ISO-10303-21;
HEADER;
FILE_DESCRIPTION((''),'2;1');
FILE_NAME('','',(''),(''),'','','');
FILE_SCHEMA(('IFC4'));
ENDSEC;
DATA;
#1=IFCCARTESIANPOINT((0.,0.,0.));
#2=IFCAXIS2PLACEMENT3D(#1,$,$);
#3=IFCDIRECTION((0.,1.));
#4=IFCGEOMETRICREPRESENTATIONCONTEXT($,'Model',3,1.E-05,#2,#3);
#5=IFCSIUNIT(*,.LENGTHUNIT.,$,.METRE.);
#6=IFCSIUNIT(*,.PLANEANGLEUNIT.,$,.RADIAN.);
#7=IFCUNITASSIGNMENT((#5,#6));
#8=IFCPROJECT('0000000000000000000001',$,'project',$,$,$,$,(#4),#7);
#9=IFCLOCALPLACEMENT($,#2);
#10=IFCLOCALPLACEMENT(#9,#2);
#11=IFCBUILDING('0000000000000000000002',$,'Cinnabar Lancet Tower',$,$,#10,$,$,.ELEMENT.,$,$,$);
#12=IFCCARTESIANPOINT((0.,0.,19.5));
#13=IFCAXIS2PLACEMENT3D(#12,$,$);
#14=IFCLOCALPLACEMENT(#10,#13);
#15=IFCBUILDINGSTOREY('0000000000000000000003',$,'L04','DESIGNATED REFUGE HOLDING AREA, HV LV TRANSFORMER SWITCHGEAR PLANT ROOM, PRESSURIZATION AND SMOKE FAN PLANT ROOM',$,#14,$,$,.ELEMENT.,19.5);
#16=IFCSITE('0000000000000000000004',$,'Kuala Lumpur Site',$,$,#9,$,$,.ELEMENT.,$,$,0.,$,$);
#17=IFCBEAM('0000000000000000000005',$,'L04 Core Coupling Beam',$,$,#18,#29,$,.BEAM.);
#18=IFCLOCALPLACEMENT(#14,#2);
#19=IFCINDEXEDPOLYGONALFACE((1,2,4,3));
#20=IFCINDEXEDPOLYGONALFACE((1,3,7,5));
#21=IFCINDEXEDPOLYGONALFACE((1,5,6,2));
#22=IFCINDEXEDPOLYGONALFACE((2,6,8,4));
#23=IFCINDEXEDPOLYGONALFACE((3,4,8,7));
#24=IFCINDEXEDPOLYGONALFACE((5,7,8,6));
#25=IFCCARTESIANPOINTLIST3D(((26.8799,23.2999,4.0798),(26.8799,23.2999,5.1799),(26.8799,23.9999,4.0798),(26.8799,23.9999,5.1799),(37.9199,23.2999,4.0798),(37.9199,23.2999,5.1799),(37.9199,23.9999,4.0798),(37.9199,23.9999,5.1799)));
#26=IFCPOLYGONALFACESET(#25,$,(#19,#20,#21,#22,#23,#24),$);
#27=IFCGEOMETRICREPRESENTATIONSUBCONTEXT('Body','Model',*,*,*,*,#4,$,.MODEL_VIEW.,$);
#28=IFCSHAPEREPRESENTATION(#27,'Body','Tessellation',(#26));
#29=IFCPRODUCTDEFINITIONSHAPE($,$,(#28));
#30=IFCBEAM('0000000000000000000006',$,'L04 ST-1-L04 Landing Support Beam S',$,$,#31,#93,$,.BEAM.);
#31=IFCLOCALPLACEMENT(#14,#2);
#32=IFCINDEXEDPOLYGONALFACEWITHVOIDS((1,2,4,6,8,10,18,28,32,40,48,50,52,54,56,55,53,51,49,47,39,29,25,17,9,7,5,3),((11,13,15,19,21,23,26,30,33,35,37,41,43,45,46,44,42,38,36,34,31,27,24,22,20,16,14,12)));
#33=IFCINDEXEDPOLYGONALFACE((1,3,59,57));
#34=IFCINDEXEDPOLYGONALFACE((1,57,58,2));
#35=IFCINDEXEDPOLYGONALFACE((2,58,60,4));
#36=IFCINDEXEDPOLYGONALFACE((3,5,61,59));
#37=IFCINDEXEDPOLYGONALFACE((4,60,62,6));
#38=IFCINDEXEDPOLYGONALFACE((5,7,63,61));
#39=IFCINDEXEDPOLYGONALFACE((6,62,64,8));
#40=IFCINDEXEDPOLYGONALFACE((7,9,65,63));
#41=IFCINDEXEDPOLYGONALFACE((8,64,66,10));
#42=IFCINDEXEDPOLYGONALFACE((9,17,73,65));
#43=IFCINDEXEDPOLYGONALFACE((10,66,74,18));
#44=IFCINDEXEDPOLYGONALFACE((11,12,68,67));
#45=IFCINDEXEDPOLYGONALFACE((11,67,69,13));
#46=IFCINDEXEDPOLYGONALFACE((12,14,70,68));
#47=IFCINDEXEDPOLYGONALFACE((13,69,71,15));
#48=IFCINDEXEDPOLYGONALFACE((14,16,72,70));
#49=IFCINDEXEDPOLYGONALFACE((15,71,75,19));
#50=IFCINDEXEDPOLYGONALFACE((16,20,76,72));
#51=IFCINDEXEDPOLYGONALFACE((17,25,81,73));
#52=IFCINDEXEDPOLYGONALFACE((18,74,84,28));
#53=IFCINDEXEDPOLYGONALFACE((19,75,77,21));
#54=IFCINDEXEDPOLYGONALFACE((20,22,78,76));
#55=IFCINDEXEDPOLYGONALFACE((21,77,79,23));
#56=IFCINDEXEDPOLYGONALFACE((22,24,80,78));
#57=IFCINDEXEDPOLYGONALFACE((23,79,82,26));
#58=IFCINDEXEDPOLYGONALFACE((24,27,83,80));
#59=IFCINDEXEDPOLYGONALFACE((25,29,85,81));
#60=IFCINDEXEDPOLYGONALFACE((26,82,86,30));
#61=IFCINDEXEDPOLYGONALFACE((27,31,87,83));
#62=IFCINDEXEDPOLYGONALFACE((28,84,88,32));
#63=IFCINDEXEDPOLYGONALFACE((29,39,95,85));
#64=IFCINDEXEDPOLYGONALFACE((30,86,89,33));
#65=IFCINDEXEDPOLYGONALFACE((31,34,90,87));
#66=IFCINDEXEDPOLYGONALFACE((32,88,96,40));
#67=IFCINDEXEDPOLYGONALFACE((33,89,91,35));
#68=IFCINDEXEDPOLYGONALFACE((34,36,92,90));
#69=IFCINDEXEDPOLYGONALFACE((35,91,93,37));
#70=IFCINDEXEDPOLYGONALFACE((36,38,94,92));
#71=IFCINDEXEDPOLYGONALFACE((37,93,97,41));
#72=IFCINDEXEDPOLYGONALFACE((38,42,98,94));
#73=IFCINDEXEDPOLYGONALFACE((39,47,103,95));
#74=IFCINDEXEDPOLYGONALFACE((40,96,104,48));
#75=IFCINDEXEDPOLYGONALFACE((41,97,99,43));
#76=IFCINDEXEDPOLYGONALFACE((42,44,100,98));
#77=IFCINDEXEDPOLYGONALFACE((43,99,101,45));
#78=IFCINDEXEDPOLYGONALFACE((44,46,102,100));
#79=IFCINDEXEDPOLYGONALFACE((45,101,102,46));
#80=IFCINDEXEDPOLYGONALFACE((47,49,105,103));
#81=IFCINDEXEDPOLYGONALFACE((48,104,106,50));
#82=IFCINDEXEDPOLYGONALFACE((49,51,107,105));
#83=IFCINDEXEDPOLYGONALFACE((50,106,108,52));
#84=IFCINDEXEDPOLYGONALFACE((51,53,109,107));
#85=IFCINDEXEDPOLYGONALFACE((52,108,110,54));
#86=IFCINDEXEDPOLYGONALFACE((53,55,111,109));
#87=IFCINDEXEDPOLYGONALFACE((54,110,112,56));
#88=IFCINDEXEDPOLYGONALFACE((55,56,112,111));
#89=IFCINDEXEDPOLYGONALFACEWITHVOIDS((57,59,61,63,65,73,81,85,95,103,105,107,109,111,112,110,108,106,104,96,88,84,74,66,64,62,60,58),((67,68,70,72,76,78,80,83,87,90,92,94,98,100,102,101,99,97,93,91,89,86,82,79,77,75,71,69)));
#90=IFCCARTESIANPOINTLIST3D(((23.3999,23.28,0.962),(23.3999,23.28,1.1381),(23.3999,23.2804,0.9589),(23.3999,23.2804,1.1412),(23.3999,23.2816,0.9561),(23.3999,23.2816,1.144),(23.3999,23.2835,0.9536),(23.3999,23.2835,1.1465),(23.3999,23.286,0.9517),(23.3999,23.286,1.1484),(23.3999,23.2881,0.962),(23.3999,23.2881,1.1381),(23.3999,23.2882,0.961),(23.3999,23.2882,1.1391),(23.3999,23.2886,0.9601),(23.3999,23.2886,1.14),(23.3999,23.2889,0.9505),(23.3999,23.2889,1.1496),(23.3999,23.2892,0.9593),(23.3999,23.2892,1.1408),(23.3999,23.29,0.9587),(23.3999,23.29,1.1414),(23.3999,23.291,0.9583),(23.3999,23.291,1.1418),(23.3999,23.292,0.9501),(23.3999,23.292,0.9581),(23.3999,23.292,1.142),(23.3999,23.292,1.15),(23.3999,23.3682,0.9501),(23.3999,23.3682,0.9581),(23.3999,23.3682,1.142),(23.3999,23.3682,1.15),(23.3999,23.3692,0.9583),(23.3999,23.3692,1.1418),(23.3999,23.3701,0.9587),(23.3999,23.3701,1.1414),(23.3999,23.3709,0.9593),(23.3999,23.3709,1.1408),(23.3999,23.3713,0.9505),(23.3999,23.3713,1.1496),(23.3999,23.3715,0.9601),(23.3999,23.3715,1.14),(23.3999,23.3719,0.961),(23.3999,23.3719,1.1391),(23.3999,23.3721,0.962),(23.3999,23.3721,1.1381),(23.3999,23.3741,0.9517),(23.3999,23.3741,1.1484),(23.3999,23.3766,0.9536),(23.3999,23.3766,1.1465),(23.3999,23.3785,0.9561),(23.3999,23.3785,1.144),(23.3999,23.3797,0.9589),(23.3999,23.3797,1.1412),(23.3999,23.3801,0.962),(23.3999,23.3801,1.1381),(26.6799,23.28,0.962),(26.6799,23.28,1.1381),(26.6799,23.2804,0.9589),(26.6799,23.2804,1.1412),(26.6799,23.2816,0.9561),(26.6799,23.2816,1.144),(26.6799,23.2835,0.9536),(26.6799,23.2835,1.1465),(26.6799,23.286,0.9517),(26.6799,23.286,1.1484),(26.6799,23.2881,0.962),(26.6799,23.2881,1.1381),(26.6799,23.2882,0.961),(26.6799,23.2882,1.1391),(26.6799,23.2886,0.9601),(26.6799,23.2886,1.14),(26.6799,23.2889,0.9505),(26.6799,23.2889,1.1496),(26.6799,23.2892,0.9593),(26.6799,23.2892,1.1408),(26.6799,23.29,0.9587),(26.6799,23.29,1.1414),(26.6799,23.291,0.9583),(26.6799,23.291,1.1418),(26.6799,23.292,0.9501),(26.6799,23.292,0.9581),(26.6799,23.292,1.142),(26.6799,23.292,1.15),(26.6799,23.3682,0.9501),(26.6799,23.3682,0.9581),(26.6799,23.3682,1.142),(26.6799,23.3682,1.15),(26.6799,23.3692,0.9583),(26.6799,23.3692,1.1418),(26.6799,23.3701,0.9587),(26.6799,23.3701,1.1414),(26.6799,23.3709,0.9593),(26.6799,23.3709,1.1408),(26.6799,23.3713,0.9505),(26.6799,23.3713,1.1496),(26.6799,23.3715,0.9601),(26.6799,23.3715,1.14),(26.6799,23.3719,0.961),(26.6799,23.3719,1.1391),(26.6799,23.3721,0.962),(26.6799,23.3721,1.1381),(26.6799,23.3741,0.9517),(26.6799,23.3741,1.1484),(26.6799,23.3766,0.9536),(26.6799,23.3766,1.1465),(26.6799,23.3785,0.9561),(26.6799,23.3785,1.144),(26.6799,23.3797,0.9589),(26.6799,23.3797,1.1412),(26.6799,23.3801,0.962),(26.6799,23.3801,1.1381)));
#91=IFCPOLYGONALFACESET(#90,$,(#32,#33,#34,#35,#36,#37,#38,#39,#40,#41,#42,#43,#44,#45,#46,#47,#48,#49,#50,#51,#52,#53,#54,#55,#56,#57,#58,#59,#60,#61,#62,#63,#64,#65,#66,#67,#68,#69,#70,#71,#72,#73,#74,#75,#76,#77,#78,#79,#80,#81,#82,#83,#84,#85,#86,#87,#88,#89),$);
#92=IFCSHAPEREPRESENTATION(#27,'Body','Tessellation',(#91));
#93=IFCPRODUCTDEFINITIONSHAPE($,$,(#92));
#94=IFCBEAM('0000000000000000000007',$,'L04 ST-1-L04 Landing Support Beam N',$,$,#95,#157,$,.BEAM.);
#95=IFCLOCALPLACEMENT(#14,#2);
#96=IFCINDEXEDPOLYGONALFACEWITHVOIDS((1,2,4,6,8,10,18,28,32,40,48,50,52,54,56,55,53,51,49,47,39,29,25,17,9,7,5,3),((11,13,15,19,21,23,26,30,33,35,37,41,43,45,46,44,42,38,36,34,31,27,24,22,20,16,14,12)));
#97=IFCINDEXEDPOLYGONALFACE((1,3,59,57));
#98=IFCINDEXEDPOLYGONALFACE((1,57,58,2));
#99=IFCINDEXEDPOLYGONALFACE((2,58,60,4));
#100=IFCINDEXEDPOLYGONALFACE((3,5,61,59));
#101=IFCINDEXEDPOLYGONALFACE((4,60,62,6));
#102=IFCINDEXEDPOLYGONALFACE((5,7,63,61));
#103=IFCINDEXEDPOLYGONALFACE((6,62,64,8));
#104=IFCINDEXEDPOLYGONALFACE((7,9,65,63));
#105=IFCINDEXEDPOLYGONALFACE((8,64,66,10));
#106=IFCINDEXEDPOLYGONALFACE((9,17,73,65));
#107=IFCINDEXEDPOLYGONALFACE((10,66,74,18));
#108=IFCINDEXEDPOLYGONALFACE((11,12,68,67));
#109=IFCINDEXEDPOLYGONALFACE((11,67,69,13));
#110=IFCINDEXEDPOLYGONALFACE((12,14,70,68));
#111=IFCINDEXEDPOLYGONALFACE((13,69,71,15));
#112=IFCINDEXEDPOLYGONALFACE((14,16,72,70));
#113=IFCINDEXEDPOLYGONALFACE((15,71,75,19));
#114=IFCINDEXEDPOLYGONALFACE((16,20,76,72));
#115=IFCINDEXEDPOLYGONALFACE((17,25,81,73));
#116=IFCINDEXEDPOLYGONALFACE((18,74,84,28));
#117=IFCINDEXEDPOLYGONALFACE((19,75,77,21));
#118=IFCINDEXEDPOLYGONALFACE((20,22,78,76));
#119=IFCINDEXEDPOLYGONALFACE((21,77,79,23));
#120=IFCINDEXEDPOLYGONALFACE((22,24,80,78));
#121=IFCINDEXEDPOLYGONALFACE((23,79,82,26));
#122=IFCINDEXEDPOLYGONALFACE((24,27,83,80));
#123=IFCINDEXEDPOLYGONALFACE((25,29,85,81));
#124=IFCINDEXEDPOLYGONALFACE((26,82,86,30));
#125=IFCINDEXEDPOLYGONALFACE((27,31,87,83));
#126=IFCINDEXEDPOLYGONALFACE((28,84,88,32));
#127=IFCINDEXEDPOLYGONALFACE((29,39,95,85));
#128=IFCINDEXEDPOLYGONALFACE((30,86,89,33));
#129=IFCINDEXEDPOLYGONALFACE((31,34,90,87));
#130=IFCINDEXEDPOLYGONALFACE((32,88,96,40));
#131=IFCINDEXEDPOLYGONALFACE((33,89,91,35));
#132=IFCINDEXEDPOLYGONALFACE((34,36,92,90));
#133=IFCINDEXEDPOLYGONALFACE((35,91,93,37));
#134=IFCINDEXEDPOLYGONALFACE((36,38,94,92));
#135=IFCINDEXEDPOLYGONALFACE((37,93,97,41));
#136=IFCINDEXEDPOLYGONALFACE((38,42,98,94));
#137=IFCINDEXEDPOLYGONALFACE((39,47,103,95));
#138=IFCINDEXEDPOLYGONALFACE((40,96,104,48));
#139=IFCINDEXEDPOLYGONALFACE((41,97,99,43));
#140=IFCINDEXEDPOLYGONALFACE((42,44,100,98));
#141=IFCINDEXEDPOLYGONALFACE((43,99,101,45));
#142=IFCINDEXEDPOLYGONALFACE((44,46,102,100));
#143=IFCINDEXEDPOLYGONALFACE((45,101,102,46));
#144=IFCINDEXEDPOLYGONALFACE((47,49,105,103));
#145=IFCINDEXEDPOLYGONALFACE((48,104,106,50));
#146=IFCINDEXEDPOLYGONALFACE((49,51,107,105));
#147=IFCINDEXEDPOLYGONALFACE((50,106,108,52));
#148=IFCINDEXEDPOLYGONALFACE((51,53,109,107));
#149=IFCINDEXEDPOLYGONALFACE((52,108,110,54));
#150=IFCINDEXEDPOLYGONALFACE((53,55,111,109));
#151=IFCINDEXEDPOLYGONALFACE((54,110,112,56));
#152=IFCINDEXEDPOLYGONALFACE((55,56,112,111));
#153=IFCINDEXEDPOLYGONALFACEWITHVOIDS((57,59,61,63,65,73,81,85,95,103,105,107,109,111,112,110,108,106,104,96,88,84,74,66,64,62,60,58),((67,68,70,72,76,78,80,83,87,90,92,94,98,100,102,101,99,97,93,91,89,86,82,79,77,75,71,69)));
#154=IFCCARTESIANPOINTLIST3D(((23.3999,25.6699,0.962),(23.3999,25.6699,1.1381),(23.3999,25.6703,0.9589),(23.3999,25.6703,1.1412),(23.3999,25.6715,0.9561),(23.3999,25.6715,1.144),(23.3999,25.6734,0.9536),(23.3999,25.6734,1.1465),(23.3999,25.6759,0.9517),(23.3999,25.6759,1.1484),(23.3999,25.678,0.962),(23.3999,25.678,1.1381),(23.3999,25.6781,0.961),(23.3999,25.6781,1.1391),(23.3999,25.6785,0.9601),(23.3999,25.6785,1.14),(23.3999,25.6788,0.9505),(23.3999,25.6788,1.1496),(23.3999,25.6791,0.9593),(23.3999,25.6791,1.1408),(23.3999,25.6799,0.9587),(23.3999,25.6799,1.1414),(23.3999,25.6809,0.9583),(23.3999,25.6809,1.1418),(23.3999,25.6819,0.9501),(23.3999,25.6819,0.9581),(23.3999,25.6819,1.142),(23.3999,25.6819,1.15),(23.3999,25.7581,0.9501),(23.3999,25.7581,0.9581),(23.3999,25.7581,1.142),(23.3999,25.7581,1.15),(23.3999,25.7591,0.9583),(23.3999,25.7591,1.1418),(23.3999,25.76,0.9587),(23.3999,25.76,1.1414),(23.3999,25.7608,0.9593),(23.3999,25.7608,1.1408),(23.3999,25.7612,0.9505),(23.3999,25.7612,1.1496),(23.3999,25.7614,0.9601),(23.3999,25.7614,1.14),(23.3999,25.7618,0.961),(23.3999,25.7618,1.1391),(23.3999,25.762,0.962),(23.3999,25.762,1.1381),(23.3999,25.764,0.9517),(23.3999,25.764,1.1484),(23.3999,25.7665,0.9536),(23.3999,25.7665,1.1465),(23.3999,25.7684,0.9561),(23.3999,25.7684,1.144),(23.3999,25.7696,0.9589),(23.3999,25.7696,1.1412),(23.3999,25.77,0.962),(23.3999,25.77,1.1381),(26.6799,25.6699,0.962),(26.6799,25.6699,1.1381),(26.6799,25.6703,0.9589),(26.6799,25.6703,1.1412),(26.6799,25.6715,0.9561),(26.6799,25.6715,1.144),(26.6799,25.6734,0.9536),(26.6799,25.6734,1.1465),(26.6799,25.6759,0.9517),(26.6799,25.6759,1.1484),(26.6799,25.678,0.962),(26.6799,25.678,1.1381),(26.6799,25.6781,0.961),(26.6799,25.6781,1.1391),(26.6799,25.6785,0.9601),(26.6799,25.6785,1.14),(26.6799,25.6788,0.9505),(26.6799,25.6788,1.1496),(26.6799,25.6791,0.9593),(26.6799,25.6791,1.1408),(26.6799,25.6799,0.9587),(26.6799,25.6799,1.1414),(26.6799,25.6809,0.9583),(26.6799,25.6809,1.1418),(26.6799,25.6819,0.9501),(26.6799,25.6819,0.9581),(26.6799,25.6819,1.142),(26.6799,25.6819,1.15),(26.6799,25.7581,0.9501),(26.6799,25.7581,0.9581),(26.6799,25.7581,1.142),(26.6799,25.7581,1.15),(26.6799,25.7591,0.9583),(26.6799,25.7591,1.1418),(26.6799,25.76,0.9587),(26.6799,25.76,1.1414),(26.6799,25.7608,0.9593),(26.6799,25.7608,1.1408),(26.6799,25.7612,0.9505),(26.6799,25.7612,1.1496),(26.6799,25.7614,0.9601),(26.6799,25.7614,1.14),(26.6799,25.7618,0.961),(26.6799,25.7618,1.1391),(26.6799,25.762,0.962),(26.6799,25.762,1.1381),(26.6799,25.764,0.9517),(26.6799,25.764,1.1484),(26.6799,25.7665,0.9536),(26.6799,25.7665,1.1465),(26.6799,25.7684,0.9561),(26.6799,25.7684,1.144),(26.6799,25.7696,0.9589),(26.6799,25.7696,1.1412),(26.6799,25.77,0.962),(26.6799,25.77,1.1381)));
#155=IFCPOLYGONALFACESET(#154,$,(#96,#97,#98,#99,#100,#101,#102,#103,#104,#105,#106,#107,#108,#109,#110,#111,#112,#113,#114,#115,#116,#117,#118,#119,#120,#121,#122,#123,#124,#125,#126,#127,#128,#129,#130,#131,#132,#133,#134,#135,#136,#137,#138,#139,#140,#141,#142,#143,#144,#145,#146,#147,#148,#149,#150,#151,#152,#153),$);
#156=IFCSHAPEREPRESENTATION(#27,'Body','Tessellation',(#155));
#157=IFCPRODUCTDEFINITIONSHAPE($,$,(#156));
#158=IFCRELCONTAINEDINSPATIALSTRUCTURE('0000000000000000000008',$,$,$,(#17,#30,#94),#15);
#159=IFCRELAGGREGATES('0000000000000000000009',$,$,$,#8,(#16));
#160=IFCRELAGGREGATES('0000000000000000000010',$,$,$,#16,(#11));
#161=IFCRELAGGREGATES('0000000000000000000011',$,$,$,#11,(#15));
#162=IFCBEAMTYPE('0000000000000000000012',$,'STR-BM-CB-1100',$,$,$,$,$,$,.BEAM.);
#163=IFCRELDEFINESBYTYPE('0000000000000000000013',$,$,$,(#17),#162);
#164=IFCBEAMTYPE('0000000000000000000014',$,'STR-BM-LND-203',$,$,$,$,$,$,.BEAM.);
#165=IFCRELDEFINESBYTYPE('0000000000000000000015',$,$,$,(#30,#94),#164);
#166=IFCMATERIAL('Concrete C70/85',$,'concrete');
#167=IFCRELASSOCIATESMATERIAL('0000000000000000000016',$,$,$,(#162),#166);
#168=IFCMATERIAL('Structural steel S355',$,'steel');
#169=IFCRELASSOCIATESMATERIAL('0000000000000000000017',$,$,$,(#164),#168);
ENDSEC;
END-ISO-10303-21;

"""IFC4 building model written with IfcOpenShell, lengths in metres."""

from ifc_helpers import new_model, si_unit, direction, frame, origin, origin_2d, place, context, subcontext, project, spatial, rectangle, hollow_rectangle, extrude, material, material_profile, profile_set, type_object, element, save


model = new_model("IFC4")

# Units and contexts
model_context = context("Model", 3, precision=1e-05, world=origin(), true_north=direction((0.0, 1.0)))
body_context = subcontext(model_context, "Body", "Model", "MODEL_VIEW")
ifc_project = project(units=[si_unit("LENGTHUNIT", "METRE"), si_unit("PLANEANGLEUNIT", "RADIAN")], contexts=[model_context])

# Site, building, storey
site_placement = place(None, origin())
site = spatial("IfcSite", under=ifc_project, at=site_placement, Name="Kuala Lumpur Site", CompositionType="ELEMENT", RefElevation=0.0)
building_placement = place(site_placement, origin())
building = spatial("IfcBuilding", under=site, at=building_placement, Name="Cinnabar Lancet Tower", CompositionType="ELEMENT")
storey_placement = place(building_placement, frame((0.0, 0.0, 19.5)))
storey = spatial("IfcBuildingStorey", under=building, at=storey_placement, Name="L04", Description="DESIGNATED REFUGE HOLDING AREA, HV LV TRANSFORMER SWITCHGEAR PLANT ROOM, PRESSURIZATION AND SMOKE FAN PLANT ROOM", CompositionType="ELEMENT", Elevation=19.5)

# Beams
ifc_material_1 = material(Name="Concrete C70/85", Category="concrete")
ifc_material_profile_1 = material_profile(ifc_material_1, rectangle(XDim=0.7, YDim=1.1001, at=origin_2d()), Name="RC-CB 700x1100")
ifc_profile_set_1 = profile_set([ifc_material_profile_1], Name="Concrete C70/85")
beam_type_1 = type_object("IfcBeamType", Name="STR-BM-CB-1100", PredefinedType="BEAM", material=ifc_profile_set_1)
beam_1_placement = place(storey_placement, frame((26.8799, 23.6499, 4.6299), z_axis=(1.0, 0.0, 0.0), x_axis=(0.0, 1.0, 0.0)))
element("IfcBeam", 1, at=beam_1_placement, inside=storey, type_object=beam_type_1, Name="L04 Core Coupling Beam", PredefinedType="BEAM", context=body_context, shape_type="SweptSolid", body=[
    extrude(rectangle(XDim=0.7, YDim=1.1001, at=origin_2d()), origin(), (0.0, 0.0, 1.0), 11.04),
])
ifc_material_2 = material(Name="Structural steel S355", Category="steel")
ifc_material_profile_2 = material_profile(ifc_material_2, hollow_rectangle(XDim=0.1001, YDim=0.2, WallThickness=0.0081, InnerFilletRadius=0.0039, OuterFilletRadius=0.012, at=origin_2d()), Name="RHS 200x100x8")
ifc_profile_set_2 = profile_set([ifc_material_profile_2], Name="Structural steel S355")
beam_type_2 = type_object("IfcBeamType", Name="STR-BM-LND-203", PredefinedType="BEAM", material=ifc_profile_set_2)
for number, where, z_axis, x_axis, name in (
    (2, (23.3999, 23.3301, 1.05), (1.0, 0.0, 0.0), (0.0, 1.0, 0.0), "L04 ST-1-L04 Landing Support Beam S"),
    (3, (23.3999, 25.72, 1.05), (1.0, 0.0, 0.0), (0.0, 1.0, 0.0), "L04 ST-1-L04 Landing Support Beam N"),
):
    element("IfcBeam", number, at=place(storey_placement, frame(where, z_axis=z_axis, x_axis=x_axis)), inside=storey, type_object=beam_type_2, Name=name, PredefinedType="BEAM", context=body_context, shape_type="SweptSolid", body=[
        extrude(hollow_rectangle(XDim=0.1001, YDim=0.2, WallThickness=0.0081, InnerFilletRadius=0.0039, OuterFilletRadius=0.012, at=origin_2d()), origin(), (0.0, 0.0, 1.0), 3.28),
    ])

save(model, "model.ifc")
